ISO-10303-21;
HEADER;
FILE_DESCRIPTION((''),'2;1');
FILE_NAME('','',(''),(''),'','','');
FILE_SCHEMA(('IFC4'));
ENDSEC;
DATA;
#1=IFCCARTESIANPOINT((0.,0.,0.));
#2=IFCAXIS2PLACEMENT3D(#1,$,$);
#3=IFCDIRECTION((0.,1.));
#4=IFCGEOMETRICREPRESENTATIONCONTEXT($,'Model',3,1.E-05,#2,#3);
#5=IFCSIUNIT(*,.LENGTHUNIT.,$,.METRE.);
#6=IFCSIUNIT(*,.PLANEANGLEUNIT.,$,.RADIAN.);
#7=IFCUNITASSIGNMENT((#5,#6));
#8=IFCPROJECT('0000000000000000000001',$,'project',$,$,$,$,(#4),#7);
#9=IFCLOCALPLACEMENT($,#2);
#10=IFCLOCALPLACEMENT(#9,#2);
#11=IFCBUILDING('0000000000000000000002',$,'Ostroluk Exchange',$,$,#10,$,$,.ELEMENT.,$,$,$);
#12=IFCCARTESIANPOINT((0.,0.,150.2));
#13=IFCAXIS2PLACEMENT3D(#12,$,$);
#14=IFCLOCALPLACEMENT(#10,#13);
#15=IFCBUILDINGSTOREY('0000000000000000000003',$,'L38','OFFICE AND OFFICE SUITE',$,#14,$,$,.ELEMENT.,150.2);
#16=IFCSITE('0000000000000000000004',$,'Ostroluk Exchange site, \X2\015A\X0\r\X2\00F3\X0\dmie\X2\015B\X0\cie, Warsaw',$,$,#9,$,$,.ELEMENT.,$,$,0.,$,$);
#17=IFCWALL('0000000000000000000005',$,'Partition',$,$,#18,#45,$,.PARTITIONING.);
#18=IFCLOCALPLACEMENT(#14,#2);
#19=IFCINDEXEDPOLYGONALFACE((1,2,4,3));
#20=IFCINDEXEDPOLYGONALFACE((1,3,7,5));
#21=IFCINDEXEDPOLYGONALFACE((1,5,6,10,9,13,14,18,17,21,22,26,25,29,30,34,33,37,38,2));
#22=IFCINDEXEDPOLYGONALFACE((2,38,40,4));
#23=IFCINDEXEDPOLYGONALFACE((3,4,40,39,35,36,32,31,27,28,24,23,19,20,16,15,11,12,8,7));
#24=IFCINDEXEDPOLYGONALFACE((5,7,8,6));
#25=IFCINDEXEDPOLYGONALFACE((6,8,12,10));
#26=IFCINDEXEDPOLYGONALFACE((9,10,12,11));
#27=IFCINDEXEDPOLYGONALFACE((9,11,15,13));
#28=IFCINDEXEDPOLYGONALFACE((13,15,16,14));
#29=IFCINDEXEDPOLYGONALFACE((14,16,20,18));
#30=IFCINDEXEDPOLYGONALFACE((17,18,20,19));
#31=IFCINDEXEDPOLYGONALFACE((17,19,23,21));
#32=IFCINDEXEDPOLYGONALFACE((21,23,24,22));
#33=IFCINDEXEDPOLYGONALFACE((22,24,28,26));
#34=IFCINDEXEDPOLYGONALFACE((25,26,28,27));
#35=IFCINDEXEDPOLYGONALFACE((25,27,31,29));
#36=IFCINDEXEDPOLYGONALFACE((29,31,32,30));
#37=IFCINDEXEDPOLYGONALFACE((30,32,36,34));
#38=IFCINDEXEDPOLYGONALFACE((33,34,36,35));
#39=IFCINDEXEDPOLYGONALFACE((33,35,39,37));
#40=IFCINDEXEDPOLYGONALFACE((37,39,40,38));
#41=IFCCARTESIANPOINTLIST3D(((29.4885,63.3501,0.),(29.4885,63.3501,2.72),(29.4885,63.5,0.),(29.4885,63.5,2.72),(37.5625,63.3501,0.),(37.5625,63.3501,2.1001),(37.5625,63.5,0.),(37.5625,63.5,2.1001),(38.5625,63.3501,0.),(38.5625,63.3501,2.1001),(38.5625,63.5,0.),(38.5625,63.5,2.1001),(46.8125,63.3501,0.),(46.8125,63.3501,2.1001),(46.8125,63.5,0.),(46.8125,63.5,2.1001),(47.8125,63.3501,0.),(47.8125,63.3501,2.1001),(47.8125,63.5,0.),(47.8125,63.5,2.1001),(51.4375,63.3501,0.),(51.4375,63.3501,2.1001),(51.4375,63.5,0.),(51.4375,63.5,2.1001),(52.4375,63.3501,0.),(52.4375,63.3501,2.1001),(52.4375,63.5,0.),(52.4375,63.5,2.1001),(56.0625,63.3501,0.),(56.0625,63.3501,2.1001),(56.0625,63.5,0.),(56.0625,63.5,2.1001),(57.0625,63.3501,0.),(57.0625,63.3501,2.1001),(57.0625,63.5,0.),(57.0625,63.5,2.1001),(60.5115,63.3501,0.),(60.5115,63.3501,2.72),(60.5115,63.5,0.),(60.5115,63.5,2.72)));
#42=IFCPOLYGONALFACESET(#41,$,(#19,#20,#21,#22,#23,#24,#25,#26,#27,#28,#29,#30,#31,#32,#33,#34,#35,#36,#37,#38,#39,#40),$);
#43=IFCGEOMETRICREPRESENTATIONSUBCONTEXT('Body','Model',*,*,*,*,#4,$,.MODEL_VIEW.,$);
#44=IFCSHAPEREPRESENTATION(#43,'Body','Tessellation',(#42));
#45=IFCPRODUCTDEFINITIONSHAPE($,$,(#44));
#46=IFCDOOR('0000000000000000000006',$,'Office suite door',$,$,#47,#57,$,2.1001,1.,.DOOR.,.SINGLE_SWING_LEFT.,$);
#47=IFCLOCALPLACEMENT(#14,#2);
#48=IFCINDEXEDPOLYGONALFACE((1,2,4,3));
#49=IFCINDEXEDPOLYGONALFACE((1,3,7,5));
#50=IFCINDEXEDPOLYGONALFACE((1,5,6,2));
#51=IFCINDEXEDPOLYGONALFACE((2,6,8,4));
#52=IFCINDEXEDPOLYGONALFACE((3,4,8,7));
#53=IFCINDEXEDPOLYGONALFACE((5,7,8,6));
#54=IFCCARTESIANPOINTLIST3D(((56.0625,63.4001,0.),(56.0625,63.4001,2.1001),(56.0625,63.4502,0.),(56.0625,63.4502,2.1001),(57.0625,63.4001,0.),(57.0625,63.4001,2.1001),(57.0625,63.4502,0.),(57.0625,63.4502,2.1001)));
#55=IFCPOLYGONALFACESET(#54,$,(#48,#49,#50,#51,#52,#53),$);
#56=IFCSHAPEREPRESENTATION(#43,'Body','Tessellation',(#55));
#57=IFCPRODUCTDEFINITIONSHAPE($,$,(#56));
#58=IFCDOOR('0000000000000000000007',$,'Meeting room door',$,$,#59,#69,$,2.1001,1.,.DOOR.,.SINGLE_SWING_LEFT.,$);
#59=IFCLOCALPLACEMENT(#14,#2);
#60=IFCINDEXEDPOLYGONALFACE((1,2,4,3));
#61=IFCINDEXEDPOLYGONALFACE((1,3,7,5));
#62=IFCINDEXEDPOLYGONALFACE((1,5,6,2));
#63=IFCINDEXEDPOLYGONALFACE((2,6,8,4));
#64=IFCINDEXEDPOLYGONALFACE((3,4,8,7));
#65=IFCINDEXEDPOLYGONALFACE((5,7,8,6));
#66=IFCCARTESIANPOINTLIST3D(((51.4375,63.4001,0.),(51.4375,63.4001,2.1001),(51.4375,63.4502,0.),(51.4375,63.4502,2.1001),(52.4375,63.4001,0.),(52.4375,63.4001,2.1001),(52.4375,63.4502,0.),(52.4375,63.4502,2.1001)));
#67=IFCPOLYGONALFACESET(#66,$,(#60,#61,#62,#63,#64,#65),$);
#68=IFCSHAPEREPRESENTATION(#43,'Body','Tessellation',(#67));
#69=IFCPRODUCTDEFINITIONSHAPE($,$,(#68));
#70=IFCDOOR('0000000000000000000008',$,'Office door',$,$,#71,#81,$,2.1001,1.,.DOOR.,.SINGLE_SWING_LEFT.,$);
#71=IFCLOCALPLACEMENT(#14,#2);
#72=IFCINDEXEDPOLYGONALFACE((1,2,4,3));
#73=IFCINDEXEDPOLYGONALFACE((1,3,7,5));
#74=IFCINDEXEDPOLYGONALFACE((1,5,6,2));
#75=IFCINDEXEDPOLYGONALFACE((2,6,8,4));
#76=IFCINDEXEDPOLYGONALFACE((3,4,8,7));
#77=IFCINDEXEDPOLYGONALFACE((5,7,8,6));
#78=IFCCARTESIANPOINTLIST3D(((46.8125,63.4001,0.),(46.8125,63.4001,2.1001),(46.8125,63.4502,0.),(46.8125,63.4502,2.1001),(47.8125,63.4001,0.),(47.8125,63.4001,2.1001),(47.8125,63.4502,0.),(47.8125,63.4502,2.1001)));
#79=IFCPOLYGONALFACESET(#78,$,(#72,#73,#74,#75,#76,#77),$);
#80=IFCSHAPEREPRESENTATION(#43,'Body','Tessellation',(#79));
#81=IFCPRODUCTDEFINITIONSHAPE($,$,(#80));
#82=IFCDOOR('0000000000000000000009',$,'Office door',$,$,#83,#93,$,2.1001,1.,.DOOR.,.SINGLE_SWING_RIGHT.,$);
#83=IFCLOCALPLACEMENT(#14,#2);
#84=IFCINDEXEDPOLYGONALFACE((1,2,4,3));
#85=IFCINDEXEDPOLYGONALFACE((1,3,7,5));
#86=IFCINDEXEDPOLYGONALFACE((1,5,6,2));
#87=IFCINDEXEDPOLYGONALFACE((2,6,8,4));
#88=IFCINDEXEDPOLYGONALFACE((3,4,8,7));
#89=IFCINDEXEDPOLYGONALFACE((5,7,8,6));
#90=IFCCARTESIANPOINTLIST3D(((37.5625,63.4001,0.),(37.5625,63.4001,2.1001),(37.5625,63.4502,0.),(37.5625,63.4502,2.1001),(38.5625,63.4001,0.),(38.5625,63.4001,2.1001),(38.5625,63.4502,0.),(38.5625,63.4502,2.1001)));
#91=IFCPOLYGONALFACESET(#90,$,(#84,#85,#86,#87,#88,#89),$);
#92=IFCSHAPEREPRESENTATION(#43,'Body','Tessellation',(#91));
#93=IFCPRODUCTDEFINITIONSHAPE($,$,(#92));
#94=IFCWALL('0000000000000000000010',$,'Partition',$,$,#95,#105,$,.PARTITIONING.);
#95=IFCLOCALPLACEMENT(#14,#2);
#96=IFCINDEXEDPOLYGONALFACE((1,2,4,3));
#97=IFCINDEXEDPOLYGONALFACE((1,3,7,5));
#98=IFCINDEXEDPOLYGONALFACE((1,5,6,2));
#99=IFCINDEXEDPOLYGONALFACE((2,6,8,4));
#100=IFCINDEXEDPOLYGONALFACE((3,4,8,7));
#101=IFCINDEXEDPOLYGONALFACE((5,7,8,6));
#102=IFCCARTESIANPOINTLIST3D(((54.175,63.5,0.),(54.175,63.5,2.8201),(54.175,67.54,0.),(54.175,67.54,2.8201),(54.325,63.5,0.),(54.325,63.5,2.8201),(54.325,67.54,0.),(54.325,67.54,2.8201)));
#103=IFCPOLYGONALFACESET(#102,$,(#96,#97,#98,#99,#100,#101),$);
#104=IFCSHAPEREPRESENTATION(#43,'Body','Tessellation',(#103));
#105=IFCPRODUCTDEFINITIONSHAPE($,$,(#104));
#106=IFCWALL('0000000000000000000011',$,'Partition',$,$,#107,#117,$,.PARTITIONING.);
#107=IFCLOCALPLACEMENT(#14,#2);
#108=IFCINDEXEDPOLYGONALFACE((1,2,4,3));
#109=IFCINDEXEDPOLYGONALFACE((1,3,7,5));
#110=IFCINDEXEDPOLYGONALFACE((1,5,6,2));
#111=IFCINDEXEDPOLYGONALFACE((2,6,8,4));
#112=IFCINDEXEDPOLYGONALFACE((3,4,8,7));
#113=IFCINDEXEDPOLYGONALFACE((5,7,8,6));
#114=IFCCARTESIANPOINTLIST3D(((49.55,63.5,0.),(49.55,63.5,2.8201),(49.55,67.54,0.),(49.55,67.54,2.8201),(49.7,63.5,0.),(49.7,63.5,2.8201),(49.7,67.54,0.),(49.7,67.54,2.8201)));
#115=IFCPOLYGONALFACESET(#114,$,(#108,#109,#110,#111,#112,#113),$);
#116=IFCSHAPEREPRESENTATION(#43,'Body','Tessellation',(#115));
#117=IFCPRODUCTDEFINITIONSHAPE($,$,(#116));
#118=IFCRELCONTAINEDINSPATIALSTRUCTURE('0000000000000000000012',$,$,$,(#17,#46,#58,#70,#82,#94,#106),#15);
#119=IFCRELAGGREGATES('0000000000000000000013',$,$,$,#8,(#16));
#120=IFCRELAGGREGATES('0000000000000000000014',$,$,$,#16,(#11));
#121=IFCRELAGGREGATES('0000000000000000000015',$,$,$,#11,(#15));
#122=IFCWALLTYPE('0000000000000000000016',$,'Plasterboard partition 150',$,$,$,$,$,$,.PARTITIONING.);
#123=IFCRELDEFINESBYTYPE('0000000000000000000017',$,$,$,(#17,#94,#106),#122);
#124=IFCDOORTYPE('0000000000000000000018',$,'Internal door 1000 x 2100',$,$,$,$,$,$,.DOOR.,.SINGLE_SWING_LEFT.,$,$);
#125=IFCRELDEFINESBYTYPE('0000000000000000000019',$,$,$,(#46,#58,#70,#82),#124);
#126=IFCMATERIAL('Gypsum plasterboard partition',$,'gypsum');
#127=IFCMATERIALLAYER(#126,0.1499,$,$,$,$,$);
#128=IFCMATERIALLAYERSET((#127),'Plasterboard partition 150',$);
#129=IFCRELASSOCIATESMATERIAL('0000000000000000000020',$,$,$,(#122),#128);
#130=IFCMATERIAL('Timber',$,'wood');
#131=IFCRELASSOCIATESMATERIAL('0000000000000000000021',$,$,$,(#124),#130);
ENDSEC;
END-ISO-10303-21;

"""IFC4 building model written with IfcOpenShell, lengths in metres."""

from ifc_helpers import new_model, si_unit, direction, frame, frame_2d, origin, place, context, subcontext, project, spatial, rectangle, extrude, material, layer, layer_set, type_object, element, fill, save


model = new_model("IFC4")

# Units and contexts
model_context = context("Model", 3, precision=1e-05, world=origin(), true_north=direction((0.0, 1.0)))
body_context = subcontext(model_context, "Body", "Model", "MODEL_VIEW")
ifc_project = project(units=[si_unit("LENGTHUNIT", "METRE"), si_unit("PLANEANGLEUNIT", "RADIAN")], contexts=[model_context])

# Site, building, storey
site_placement = place(None, origin())
site = spatial("IfcSite", under=ifc_project, at=site_placement, Name="Ostroluk Exchange site, Śródmieście, Warsaw", CompositionType="ELEMENT", RefElevation=0.0)
building_placement = place(site_placement, origin())
building = spatial("IfcBuilding", under=site, at=building_placement, Name="Ostroluk Exchange", CompositionType="ELEMENT")
storey_placement = place(building_placement, frame((0.0, 0.0, 150.2)))
storey = spatial("IfcBuildingStorey", under=building, at=storey_placement, Name="L38", Description="OFFICE AND OFFICE SUITE", CompositionType="ELEMENT", Elevation=150.2)

# Wall, openings, doors
ifc_material_1 = material(Name="Gypsum plasterboard partition", Category="gypsum")
ifc_layer_1 = layer(ifc_material_1, 0.1499)
ifc_layer_set_1 = layer_set([ifc_layer_1], Name="Plasterboard partition 150")
wall_type = type_object("IfcWallType", Name="Plasterboard partition 150", PredefinedType="PARTITIONING", material=ifc_layer_set_1)
wall_placement = place(storey_placement, frame((60.5115, 63.425, 0.0), z_axis=(0.0, 0.0, 1.0), x_axis=(-1.0, 0.0, 0.0)))
wall = element("IfcWall", 1, at=wall_placement, inside=storey, type_object=wall_type, Name="Partition", PredefinedType="PARTITIONING", context=body_context, shape_type="SweptSolid", body=[
    extrude(rectangle(XDim=31.0229, YDim=0.1499, at=frame_2d((15.5115, 0.0))), origin(), (0.0, 0.0, 1.0), 2.72),
])
opening_1_placement = place(wall_placement, frame((3.449, 0.0, 0.0)))
opening_1 = element("IfcOpeningElement", 2, at=opening_1_placement, cuts=wall, PredefinedType="OPENING", context=body_context, shape_type="SweptSolid", body=[
    extrude(rectangle(XDim=1.0, YDim=2.1001, at=frame_2d((0.5, 1.05))), frame((0.0, 0.085, 0.0), z_axis=(0.0, -1.0, 0.0), x_axis=(1.0, 0.0, 0.0)), (0.0, 0.0, 1.0), 0.1699),
])
opening_2_placement = place(wall_placement, frame((8.074, 0.0, 0.0)))
opening_2 = element("IfcOpeningElement", 3, at=opening_2_placement, cuts=wall, PredefinedType="OPENING", context=body_context, shape_type="SweptSolid", body=[
    extrude(rectangle(XDim=1.0, YDim=2.1001, at=frame_2d((0.5, 1.05))), frame((0.0, 0.085, 0.0), z_axis=(0.0, -1.0, 0.0), x_axis=(1.0, 0.0, 0.0)), (0.0, 0.0, 1.0), 0.1699),
])
opening_3_placement = place(wall_placement, frame((12.699, 0.0, 0.0)))
opening_3 = element("IfcOpeningElement", 4, at=opening_3_placement, cuts=wall, PredefinedType="OPENING", context=body_context, shape_type="SweptSolid", body=[
    extrude(rectangle(XDim=1.0, YDim=2.1001, at=frame_2d((0.5, 1.05))), frame((0.0, 0.085, 0.0), z_axis=(0.0, -1.0, 0.0), x_axis=(1.0, 0.0, 0.0)), (0.0, 0.0, 1.0), 0.1699),
])
opening_4_placement = place(wall_placement, frame((21.949, 0.0, 0.0)))
opening_4 = element("IfcOpeningElement", 5, at=opening_4_placement, cuts=wall, PredefinedType="OPENING", context=body_context, shape_type="SweptSolid", body=[
    extrude(rectangle(XDim=1.0, YDim=2.1001, at=frame_2d((0.5, 1.05))), frame((0.0, 0.085, 0.0), z_axis=(0.0, -1.0, 0.0), x_axis=(1.0, 0.0, 0.0)), (0.0, 0.0, 1.0), 0.1699),
])
ifc_material_2 = material(Name="Timber", Category="wood")
door_type = type_object("IfcDoorType", Name="Internal door 1000 x 2100", OperationType="SINGLE_SWING_LEFT", PredefinedType="DOOR", material=ifc_material_2)
door_1_placement = place(opening_1_placement, origin())
door_1 = element("IfcDoor", 6, at=door_1_placement, inside=storey, type_object=door_type, Name="Office suite door", OperationType="SINGLE_SWING_LEFT", OverallHeight=2.1001, OverallWidth=1.0, PredefinedType="DOOR", context=body_context, shape_type="SweptSolid", body=[
    extrude(rectangle(XDim=1.0, YDim=2.1001, at=frame_2d((0.5, 1.05))), frame((0.0, 0.0249, 0.0), z_axis=(0.0, -1.0, 0.0), x_axis=(1.0, 0.0, 0.0)), (0.0, 0.0, 1.0), 0.05),
])
fill(opening_1, door_1)
door_2_placement = place(opening_2_placement, origin())
door_2 = element("IfcDoor", 7, at=door_2_placement, inside=storey, type_object=door_type, Name="Meeting room door", OperationType="SINGLE_SWING_LEFT", OverallHeight=2.1001, OverallWidth=1.0, PredefinedType="DOOR", context=body_context, shape_type="SweptSolid", body=[
    extrude(rectangle(XDim=1.0, YDim=2.1001, at=frame_2d((0.5, 1.05))), frame((0.0, 0.0249, 0.0), z_axis=(0.0, -1.0, 0.0), x_axis=(1.0, 0.0, 0.0)), (0.0, 0.0, 1.0), 0.05),
])
fill(opening_2, door_2)
door_3_placement = place(opening_3_placement, origin())
door_3 = element("IfcDoor", 8, at=door_3_placement, inside=storey, type_object=door_type, Name="Office door", OperationType="SINGLE_SWING_LEFT", OverallHeight=2.1001, OverallWidth=1.0, PredefinedType="DOOR", context=body_context, shape_type="SweptSolid", body=[
    extrude(rectangle(XDim=1.0, YDim=2.1001, at=frame_2d((0.5, 1.05))), frame((0.0, 0.0249, 0.0), z_axis=(0.0, -1.0, 0.0), x_axis=(1.0, 0.0, 0.0)), (0.0, 0.0, 1.0), 0.05),
])
fill(opening_3, door_3)
door_4_placement = place(opening_4_placement, origin())
door_4 = element("IfcDoor", 9, at=door_4_placement, inside=storey, type_object=door_type, Name="Office door", OperationType="SINGLE_SWING_RIGHT", OverallHeight=2.1001, OverallWidth=1.0, PredefinedType="DOOR", context=body_context, shape_type="SweptSolid", body=[
    extrude(rectangle(XDim=1.0, YDim=2.1001, at=frame_2d((0.5, 1.05))), frame((0.0, 0.0249, 0.0), z_axis=(0.0, -1.0, 0.0), x_axis=(1.0, 0.0, 0.0)), (0.0, 0.0, 1.0), 0.05),
])
fill(opening_4, door_4)

# Walls
for number, where, z_axis, x_axis, name in (
    (10, (54.25, 63.5, 0.0), (0.0, 0.0, 1.0), (0.0, 1.0, 0.0), "Partition"),
    (11, (49.625, 63.5, 0.0), (0.0, 0.0, 1.0), (0.0, 1.0, 0.0), "Partition"),
):
    element("IfcWall", number, at=place(storey_placement, frame(where, z_axis=z_axis, x_axis=x_axis)), inside=storey, type_object=wall_type, Name=name, PredefinedType="PARTITIONING", context=body_context, shape_type="SweptSolid", body=[
        extrude(rectangle(XDim=4.04, YDim=0.1499, at=frame_2d((2.02, 0.0))), origin(), (0.0, 0.0, 1.0), 2.8201),
    ])

save(model, "model.ifc")
